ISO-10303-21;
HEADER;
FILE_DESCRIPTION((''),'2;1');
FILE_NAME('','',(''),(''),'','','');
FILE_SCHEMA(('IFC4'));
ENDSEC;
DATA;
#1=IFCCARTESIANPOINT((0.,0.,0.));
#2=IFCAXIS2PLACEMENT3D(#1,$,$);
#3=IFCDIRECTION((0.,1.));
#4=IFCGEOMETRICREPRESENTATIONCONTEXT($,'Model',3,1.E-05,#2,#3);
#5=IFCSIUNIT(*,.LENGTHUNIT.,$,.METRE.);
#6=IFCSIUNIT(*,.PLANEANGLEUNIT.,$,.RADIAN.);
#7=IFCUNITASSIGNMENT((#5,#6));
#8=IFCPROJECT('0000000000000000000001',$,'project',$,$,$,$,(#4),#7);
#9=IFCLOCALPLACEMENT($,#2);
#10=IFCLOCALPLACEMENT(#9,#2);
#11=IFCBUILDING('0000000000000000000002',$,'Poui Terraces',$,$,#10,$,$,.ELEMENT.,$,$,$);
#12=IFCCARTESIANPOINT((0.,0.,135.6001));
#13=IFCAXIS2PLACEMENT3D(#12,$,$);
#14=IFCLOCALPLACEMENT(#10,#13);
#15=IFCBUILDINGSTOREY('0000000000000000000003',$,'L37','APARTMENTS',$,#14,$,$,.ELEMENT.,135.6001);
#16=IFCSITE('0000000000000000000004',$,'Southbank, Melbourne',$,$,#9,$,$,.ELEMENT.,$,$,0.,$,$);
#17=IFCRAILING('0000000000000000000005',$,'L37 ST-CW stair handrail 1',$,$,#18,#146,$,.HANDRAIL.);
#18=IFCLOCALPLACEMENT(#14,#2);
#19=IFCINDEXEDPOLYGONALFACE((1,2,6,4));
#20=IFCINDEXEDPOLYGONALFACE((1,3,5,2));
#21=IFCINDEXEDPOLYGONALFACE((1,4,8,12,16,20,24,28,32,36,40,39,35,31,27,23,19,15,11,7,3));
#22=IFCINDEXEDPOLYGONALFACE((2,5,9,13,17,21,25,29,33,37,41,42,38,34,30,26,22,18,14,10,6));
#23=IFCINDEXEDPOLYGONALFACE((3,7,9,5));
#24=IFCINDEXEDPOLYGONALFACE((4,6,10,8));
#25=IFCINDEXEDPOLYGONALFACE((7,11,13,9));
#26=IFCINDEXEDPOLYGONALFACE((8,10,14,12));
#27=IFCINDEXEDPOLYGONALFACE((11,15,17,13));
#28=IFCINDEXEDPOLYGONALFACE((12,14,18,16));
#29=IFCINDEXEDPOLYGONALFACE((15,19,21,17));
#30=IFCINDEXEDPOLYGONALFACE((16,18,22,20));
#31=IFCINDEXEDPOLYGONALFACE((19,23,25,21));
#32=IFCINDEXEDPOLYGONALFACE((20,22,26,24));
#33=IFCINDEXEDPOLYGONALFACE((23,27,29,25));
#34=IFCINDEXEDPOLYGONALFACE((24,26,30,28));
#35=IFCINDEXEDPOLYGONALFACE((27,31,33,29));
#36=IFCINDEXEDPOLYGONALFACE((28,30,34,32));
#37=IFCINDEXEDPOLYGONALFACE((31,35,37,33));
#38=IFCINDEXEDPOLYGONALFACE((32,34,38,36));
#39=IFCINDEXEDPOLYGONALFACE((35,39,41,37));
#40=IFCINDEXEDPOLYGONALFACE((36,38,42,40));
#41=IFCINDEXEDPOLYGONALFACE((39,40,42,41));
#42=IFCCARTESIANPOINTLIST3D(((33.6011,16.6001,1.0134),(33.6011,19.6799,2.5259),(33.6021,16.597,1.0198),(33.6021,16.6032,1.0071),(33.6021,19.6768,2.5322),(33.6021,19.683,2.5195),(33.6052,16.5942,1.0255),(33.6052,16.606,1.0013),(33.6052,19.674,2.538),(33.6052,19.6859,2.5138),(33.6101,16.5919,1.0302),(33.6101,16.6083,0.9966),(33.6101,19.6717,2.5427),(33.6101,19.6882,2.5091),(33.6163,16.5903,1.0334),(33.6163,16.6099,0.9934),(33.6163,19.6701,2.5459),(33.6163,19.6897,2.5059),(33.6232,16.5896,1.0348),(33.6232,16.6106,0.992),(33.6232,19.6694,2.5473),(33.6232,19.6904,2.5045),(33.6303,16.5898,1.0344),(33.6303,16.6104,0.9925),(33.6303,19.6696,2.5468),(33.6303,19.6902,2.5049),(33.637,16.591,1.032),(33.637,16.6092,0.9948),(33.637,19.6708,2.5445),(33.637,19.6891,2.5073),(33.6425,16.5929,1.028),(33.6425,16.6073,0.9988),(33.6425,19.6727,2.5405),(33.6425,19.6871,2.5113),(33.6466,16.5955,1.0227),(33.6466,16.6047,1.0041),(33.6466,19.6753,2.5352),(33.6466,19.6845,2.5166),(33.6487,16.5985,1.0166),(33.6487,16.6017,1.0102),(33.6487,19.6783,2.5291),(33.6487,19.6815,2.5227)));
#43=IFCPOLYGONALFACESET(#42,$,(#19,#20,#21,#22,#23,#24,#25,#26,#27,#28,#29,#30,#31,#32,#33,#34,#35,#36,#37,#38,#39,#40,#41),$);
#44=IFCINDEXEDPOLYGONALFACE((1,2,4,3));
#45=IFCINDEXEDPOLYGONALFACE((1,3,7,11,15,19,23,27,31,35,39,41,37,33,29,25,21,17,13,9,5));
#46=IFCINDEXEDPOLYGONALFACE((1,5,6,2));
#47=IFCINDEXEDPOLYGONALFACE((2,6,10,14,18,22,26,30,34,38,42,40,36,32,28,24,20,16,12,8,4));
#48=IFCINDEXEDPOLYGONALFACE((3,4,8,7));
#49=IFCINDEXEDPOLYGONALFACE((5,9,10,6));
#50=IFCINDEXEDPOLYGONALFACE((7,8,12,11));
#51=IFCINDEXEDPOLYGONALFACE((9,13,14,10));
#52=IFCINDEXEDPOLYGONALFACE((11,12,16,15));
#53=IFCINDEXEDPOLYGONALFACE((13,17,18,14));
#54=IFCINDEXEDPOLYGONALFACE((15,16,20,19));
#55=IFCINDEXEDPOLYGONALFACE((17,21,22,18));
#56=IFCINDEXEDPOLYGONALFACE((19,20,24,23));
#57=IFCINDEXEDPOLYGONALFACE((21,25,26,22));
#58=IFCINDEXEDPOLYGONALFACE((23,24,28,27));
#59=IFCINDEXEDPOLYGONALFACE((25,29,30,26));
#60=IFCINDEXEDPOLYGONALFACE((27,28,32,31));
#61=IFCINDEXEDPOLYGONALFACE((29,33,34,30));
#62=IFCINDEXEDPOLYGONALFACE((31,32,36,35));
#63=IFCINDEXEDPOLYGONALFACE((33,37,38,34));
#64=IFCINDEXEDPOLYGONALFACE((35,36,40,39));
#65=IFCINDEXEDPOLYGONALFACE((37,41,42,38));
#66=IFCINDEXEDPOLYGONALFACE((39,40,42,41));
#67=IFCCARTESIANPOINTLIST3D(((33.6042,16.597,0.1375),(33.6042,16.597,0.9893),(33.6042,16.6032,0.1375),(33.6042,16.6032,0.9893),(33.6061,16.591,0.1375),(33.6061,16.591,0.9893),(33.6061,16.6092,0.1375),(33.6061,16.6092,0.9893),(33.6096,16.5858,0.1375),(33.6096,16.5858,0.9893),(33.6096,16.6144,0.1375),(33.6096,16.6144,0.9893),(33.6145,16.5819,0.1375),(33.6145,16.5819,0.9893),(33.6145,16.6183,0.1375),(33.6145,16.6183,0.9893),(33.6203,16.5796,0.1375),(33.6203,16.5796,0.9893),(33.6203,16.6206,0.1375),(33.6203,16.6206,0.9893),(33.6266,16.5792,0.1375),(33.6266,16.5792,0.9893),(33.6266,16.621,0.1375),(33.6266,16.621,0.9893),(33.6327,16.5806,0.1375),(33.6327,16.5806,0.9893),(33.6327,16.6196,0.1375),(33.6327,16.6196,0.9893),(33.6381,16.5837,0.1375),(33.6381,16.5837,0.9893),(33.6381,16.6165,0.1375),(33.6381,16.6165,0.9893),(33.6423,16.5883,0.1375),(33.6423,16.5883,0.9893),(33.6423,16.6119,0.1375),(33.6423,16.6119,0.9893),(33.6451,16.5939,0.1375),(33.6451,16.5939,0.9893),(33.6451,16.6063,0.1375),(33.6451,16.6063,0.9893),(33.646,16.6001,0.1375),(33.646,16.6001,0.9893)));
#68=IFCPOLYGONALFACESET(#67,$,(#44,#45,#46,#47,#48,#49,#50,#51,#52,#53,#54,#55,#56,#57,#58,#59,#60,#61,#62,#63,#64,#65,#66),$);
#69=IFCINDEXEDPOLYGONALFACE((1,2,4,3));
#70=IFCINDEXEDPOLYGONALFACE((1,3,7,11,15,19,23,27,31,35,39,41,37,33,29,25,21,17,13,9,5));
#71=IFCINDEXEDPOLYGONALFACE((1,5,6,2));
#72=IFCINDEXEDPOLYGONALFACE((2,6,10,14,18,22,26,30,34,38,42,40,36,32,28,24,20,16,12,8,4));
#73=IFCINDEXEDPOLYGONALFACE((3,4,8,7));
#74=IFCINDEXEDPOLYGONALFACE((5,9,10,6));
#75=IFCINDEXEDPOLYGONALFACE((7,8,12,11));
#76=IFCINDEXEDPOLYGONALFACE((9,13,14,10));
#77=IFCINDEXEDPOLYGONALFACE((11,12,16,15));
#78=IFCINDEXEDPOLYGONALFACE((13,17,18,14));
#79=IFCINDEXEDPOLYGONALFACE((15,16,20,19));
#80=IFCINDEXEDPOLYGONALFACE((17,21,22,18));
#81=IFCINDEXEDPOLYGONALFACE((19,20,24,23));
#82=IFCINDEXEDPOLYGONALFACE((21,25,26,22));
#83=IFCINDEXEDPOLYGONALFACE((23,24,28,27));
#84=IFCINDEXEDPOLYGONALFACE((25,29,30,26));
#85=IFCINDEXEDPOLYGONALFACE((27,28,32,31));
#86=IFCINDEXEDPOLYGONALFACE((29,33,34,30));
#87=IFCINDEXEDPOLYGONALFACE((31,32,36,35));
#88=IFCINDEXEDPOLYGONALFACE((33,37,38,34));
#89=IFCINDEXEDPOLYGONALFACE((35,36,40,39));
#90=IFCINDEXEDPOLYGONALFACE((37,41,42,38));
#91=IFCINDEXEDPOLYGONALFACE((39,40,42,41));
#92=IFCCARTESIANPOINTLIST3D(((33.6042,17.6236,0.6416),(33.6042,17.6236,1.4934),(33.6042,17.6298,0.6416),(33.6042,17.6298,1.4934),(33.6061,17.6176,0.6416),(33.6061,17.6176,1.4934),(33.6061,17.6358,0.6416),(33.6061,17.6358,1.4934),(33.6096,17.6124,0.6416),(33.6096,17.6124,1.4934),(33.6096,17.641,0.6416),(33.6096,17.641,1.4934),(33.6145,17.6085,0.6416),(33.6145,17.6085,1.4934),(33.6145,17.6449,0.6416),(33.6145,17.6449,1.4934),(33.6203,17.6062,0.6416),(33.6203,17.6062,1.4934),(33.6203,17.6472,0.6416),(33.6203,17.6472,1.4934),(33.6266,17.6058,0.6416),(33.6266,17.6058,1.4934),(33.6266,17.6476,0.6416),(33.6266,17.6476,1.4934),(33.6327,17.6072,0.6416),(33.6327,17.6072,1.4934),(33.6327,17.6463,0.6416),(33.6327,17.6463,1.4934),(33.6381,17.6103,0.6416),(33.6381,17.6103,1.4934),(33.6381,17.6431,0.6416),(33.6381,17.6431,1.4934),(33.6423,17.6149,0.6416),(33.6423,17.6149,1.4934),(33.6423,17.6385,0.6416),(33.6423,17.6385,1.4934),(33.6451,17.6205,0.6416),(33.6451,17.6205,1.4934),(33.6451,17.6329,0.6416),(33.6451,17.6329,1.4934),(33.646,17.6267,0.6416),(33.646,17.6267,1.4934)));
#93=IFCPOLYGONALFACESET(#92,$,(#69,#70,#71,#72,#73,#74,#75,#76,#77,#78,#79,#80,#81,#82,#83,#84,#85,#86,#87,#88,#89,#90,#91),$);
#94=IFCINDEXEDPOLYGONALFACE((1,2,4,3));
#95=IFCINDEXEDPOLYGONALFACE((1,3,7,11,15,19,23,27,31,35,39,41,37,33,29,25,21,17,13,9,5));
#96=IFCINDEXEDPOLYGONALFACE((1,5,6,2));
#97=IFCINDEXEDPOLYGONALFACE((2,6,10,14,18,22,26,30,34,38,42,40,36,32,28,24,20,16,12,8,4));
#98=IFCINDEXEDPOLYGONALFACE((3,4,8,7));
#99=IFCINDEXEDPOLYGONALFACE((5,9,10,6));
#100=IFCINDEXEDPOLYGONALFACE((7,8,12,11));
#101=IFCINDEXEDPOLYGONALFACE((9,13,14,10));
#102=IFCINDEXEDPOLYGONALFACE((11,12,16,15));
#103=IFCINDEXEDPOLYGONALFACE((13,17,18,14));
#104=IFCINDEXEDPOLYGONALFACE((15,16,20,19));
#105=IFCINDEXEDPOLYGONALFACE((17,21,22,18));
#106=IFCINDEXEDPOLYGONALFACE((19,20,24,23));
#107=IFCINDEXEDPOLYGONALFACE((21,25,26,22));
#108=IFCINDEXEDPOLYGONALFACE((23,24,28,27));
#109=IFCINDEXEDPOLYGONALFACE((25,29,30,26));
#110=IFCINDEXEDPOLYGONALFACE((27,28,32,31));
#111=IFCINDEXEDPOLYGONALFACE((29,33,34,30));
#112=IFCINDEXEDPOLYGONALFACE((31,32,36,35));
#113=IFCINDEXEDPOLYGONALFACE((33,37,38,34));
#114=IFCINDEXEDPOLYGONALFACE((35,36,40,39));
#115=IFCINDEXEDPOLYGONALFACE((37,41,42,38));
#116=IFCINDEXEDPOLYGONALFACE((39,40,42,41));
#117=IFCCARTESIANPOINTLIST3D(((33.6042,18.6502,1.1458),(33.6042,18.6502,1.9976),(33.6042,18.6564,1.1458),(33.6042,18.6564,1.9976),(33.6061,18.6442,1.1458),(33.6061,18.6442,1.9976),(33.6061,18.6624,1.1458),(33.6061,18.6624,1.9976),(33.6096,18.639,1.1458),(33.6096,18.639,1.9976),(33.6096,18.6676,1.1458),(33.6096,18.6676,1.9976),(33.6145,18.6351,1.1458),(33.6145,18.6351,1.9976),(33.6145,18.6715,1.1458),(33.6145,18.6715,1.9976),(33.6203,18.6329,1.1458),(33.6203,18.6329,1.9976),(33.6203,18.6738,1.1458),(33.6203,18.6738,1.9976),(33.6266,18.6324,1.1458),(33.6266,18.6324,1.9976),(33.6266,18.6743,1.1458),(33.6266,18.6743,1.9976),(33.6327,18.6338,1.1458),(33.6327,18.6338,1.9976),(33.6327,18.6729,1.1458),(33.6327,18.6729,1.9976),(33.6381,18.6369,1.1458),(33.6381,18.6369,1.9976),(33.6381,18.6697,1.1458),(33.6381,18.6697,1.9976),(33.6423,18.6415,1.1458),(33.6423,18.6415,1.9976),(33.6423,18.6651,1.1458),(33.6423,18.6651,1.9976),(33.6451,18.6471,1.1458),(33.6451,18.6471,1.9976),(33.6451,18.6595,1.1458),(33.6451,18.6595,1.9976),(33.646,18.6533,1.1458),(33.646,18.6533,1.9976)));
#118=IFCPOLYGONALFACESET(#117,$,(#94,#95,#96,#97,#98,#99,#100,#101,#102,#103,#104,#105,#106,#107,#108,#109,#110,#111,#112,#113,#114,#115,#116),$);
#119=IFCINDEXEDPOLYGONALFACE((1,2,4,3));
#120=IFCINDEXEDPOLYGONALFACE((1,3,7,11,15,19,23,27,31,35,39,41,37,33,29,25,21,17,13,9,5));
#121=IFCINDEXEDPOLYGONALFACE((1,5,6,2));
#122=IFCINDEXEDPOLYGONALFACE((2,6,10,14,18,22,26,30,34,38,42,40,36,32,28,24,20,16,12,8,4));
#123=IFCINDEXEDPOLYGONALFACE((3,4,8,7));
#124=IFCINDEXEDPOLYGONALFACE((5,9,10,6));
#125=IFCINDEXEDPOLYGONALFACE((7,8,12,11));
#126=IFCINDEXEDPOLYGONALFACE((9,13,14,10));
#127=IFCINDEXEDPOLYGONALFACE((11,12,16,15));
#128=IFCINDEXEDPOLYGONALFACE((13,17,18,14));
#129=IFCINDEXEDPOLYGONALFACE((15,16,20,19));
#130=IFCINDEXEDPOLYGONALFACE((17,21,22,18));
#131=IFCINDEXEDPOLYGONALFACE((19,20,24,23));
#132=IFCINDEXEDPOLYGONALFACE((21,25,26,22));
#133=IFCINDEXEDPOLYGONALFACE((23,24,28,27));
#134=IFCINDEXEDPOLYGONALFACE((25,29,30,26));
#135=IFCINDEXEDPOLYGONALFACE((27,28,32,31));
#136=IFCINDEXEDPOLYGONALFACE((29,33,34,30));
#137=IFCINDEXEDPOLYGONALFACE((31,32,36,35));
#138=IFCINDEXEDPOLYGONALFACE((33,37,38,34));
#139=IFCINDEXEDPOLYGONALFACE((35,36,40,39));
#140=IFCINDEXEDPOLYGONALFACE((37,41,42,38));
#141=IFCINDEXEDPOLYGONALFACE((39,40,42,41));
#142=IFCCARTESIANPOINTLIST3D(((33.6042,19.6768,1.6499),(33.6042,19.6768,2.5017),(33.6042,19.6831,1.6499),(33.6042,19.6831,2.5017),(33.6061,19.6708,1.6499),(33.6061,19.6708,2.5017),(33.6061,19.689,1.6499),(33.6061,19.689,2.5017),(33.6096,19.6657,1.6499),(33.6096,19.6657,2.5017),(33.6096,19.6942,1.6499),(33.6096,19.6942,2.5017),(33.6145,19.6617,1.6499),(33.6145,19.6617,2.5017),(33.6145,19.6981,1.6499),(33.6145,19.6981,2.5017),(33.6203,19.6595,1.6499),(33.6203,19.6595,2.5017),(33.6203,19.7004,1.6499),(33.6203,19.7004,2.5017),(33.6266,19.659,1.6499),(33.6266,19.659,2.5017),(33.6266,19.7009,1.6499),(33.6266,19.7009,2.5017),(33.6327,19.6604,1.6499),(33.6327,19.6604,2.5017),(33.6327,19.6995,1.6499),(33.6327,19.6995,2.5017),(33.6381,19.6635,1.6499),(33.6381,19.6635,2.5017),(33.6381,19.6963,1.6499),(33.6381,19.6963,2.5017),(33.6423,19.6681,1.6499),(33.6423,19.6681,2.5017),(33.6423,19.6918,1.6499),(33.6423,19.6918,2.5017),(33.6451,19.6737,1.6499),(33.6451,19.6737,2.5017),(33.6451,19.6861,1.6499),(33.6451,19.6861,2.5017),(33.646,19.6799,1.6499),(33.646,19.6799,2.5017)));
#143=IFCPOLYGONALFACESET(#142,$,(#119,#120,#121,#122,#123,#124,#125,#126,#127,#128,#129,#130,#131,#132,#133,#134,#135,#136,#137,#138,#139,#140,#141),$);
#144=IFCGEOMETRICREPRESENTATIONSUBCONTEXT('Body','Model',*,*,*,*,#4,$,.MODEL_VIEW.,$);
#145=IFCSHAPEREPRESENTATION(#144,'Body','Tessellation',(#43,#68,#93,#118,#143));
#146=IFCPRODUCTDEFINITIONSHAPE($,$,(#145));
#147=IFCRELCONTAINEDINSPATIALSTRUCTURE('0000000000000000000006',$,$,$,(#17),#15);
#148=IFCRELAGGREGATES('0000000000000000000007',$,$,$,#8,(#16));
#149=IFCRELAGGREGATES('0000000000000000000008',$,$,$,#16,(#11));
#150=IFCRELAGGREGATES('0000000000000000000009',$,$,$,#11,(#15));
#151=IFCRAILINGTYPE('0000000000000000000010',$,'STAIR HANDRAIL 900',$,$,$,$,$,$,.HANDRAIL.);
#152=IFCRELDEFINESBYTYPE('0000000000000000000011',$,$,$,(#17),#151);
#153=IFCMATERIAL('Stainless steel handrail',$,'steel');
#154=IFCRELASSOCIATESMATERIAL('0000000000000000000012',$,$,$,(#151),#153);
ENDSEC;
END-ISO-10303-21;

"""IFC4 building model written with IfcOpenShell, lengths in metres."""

from ifc_helpers import new_model, si_unit, direction, frame, origin, origin_2d, place, context, subcontext, project, spatial, circle, extrude, material, type_object, element, save


model = new_model("IFC4")

# Units and contexts
model_context = context("Model", 3, precision=1e-05, world=origin(), true_north=direction((0.0, 1.0)))
body_context = subcontext(model_context, "Body", "Model", "MODEL_VIEW")
ifc_project = project(units=[si_unit("LENGTHUNIT", "METRE"), si_unit("PLANEANGLEUNIT", "RADIAN")], contexts=[model_context])

# Site, building, storey
site_placement = place(None, origin())
site = spatial("IfcSite", under=ifc_project, at=site_placement, Name="Southbank, Melbourne", CompositionType="ELEMENT", RefElevation=0.0)
building_placement = place(site_placement, origin())
building = spatial("IfcBuilding", under=site, at=building_placement, Name="Poui Terraces", CompositionType="ELEMENT")
storey_placement = place(building_placement, frame((0.0, 0.0, 135.6001)))
storey = spatial("IfcBuildingStorey", under=building, at=storey_placement, Name="L37", Description="APARTMENTS", CompositionType="ELEMENT", Elevation=135.6001)

# Railing
ifc_material_1 = material(Name="Stainless steel handrail", Category="steel")
railing_type_1 = type_object("IfcRailingType", Name="STAIR HANDRAIL 900", PredefinedType="HANDRAIL", material=ifc_material_1)
railing_1_placement = place(storey_placement, frame((33.625, 16.6001, 0.1375)))
element("IfcRailing", 1, at=railing_1_placement, inside=storey, type_object=railing_type_1, Name="L37 ST-CW stair handrail 1", PredefinedType="HANDRAIL", context=body_context, shape_type="SweptSolid", body=[
    extrude(circle(Radius=0.0239, at=origin_2d()), frame((0.0, 0.0, 0.876), z_axis=(0.0, 0.897606, 0.440798), x_axis=(-1.0, 0.0, 0.0)), (0.0, 0.0, 1.0), 3.4312),
    extrude(circle(Radius=0.021, at=origin_2d()), origin(), (0.0, 0.0, 1.0), 0.8518),
    extrude(circle(Radius=0.021, at=origin_2d()), frame((0.0, 1.0266, 0.5042)), (0.0, 0.0, 1.0), 0.8518),
    extrude(circle(Radius=0.021, at=origin_2d()), frame((0.0, 2.0532, 1.0083)), (0.0, 0.0, 1.0), 0.8518),
    extrude(circle(Radius=0.021, at=origin_2d()), frame((0.0, 3.0798, 1.5125)), (0.0, 0.0, 1.0), 0.8518),
])

save(model, "model.ifc")
